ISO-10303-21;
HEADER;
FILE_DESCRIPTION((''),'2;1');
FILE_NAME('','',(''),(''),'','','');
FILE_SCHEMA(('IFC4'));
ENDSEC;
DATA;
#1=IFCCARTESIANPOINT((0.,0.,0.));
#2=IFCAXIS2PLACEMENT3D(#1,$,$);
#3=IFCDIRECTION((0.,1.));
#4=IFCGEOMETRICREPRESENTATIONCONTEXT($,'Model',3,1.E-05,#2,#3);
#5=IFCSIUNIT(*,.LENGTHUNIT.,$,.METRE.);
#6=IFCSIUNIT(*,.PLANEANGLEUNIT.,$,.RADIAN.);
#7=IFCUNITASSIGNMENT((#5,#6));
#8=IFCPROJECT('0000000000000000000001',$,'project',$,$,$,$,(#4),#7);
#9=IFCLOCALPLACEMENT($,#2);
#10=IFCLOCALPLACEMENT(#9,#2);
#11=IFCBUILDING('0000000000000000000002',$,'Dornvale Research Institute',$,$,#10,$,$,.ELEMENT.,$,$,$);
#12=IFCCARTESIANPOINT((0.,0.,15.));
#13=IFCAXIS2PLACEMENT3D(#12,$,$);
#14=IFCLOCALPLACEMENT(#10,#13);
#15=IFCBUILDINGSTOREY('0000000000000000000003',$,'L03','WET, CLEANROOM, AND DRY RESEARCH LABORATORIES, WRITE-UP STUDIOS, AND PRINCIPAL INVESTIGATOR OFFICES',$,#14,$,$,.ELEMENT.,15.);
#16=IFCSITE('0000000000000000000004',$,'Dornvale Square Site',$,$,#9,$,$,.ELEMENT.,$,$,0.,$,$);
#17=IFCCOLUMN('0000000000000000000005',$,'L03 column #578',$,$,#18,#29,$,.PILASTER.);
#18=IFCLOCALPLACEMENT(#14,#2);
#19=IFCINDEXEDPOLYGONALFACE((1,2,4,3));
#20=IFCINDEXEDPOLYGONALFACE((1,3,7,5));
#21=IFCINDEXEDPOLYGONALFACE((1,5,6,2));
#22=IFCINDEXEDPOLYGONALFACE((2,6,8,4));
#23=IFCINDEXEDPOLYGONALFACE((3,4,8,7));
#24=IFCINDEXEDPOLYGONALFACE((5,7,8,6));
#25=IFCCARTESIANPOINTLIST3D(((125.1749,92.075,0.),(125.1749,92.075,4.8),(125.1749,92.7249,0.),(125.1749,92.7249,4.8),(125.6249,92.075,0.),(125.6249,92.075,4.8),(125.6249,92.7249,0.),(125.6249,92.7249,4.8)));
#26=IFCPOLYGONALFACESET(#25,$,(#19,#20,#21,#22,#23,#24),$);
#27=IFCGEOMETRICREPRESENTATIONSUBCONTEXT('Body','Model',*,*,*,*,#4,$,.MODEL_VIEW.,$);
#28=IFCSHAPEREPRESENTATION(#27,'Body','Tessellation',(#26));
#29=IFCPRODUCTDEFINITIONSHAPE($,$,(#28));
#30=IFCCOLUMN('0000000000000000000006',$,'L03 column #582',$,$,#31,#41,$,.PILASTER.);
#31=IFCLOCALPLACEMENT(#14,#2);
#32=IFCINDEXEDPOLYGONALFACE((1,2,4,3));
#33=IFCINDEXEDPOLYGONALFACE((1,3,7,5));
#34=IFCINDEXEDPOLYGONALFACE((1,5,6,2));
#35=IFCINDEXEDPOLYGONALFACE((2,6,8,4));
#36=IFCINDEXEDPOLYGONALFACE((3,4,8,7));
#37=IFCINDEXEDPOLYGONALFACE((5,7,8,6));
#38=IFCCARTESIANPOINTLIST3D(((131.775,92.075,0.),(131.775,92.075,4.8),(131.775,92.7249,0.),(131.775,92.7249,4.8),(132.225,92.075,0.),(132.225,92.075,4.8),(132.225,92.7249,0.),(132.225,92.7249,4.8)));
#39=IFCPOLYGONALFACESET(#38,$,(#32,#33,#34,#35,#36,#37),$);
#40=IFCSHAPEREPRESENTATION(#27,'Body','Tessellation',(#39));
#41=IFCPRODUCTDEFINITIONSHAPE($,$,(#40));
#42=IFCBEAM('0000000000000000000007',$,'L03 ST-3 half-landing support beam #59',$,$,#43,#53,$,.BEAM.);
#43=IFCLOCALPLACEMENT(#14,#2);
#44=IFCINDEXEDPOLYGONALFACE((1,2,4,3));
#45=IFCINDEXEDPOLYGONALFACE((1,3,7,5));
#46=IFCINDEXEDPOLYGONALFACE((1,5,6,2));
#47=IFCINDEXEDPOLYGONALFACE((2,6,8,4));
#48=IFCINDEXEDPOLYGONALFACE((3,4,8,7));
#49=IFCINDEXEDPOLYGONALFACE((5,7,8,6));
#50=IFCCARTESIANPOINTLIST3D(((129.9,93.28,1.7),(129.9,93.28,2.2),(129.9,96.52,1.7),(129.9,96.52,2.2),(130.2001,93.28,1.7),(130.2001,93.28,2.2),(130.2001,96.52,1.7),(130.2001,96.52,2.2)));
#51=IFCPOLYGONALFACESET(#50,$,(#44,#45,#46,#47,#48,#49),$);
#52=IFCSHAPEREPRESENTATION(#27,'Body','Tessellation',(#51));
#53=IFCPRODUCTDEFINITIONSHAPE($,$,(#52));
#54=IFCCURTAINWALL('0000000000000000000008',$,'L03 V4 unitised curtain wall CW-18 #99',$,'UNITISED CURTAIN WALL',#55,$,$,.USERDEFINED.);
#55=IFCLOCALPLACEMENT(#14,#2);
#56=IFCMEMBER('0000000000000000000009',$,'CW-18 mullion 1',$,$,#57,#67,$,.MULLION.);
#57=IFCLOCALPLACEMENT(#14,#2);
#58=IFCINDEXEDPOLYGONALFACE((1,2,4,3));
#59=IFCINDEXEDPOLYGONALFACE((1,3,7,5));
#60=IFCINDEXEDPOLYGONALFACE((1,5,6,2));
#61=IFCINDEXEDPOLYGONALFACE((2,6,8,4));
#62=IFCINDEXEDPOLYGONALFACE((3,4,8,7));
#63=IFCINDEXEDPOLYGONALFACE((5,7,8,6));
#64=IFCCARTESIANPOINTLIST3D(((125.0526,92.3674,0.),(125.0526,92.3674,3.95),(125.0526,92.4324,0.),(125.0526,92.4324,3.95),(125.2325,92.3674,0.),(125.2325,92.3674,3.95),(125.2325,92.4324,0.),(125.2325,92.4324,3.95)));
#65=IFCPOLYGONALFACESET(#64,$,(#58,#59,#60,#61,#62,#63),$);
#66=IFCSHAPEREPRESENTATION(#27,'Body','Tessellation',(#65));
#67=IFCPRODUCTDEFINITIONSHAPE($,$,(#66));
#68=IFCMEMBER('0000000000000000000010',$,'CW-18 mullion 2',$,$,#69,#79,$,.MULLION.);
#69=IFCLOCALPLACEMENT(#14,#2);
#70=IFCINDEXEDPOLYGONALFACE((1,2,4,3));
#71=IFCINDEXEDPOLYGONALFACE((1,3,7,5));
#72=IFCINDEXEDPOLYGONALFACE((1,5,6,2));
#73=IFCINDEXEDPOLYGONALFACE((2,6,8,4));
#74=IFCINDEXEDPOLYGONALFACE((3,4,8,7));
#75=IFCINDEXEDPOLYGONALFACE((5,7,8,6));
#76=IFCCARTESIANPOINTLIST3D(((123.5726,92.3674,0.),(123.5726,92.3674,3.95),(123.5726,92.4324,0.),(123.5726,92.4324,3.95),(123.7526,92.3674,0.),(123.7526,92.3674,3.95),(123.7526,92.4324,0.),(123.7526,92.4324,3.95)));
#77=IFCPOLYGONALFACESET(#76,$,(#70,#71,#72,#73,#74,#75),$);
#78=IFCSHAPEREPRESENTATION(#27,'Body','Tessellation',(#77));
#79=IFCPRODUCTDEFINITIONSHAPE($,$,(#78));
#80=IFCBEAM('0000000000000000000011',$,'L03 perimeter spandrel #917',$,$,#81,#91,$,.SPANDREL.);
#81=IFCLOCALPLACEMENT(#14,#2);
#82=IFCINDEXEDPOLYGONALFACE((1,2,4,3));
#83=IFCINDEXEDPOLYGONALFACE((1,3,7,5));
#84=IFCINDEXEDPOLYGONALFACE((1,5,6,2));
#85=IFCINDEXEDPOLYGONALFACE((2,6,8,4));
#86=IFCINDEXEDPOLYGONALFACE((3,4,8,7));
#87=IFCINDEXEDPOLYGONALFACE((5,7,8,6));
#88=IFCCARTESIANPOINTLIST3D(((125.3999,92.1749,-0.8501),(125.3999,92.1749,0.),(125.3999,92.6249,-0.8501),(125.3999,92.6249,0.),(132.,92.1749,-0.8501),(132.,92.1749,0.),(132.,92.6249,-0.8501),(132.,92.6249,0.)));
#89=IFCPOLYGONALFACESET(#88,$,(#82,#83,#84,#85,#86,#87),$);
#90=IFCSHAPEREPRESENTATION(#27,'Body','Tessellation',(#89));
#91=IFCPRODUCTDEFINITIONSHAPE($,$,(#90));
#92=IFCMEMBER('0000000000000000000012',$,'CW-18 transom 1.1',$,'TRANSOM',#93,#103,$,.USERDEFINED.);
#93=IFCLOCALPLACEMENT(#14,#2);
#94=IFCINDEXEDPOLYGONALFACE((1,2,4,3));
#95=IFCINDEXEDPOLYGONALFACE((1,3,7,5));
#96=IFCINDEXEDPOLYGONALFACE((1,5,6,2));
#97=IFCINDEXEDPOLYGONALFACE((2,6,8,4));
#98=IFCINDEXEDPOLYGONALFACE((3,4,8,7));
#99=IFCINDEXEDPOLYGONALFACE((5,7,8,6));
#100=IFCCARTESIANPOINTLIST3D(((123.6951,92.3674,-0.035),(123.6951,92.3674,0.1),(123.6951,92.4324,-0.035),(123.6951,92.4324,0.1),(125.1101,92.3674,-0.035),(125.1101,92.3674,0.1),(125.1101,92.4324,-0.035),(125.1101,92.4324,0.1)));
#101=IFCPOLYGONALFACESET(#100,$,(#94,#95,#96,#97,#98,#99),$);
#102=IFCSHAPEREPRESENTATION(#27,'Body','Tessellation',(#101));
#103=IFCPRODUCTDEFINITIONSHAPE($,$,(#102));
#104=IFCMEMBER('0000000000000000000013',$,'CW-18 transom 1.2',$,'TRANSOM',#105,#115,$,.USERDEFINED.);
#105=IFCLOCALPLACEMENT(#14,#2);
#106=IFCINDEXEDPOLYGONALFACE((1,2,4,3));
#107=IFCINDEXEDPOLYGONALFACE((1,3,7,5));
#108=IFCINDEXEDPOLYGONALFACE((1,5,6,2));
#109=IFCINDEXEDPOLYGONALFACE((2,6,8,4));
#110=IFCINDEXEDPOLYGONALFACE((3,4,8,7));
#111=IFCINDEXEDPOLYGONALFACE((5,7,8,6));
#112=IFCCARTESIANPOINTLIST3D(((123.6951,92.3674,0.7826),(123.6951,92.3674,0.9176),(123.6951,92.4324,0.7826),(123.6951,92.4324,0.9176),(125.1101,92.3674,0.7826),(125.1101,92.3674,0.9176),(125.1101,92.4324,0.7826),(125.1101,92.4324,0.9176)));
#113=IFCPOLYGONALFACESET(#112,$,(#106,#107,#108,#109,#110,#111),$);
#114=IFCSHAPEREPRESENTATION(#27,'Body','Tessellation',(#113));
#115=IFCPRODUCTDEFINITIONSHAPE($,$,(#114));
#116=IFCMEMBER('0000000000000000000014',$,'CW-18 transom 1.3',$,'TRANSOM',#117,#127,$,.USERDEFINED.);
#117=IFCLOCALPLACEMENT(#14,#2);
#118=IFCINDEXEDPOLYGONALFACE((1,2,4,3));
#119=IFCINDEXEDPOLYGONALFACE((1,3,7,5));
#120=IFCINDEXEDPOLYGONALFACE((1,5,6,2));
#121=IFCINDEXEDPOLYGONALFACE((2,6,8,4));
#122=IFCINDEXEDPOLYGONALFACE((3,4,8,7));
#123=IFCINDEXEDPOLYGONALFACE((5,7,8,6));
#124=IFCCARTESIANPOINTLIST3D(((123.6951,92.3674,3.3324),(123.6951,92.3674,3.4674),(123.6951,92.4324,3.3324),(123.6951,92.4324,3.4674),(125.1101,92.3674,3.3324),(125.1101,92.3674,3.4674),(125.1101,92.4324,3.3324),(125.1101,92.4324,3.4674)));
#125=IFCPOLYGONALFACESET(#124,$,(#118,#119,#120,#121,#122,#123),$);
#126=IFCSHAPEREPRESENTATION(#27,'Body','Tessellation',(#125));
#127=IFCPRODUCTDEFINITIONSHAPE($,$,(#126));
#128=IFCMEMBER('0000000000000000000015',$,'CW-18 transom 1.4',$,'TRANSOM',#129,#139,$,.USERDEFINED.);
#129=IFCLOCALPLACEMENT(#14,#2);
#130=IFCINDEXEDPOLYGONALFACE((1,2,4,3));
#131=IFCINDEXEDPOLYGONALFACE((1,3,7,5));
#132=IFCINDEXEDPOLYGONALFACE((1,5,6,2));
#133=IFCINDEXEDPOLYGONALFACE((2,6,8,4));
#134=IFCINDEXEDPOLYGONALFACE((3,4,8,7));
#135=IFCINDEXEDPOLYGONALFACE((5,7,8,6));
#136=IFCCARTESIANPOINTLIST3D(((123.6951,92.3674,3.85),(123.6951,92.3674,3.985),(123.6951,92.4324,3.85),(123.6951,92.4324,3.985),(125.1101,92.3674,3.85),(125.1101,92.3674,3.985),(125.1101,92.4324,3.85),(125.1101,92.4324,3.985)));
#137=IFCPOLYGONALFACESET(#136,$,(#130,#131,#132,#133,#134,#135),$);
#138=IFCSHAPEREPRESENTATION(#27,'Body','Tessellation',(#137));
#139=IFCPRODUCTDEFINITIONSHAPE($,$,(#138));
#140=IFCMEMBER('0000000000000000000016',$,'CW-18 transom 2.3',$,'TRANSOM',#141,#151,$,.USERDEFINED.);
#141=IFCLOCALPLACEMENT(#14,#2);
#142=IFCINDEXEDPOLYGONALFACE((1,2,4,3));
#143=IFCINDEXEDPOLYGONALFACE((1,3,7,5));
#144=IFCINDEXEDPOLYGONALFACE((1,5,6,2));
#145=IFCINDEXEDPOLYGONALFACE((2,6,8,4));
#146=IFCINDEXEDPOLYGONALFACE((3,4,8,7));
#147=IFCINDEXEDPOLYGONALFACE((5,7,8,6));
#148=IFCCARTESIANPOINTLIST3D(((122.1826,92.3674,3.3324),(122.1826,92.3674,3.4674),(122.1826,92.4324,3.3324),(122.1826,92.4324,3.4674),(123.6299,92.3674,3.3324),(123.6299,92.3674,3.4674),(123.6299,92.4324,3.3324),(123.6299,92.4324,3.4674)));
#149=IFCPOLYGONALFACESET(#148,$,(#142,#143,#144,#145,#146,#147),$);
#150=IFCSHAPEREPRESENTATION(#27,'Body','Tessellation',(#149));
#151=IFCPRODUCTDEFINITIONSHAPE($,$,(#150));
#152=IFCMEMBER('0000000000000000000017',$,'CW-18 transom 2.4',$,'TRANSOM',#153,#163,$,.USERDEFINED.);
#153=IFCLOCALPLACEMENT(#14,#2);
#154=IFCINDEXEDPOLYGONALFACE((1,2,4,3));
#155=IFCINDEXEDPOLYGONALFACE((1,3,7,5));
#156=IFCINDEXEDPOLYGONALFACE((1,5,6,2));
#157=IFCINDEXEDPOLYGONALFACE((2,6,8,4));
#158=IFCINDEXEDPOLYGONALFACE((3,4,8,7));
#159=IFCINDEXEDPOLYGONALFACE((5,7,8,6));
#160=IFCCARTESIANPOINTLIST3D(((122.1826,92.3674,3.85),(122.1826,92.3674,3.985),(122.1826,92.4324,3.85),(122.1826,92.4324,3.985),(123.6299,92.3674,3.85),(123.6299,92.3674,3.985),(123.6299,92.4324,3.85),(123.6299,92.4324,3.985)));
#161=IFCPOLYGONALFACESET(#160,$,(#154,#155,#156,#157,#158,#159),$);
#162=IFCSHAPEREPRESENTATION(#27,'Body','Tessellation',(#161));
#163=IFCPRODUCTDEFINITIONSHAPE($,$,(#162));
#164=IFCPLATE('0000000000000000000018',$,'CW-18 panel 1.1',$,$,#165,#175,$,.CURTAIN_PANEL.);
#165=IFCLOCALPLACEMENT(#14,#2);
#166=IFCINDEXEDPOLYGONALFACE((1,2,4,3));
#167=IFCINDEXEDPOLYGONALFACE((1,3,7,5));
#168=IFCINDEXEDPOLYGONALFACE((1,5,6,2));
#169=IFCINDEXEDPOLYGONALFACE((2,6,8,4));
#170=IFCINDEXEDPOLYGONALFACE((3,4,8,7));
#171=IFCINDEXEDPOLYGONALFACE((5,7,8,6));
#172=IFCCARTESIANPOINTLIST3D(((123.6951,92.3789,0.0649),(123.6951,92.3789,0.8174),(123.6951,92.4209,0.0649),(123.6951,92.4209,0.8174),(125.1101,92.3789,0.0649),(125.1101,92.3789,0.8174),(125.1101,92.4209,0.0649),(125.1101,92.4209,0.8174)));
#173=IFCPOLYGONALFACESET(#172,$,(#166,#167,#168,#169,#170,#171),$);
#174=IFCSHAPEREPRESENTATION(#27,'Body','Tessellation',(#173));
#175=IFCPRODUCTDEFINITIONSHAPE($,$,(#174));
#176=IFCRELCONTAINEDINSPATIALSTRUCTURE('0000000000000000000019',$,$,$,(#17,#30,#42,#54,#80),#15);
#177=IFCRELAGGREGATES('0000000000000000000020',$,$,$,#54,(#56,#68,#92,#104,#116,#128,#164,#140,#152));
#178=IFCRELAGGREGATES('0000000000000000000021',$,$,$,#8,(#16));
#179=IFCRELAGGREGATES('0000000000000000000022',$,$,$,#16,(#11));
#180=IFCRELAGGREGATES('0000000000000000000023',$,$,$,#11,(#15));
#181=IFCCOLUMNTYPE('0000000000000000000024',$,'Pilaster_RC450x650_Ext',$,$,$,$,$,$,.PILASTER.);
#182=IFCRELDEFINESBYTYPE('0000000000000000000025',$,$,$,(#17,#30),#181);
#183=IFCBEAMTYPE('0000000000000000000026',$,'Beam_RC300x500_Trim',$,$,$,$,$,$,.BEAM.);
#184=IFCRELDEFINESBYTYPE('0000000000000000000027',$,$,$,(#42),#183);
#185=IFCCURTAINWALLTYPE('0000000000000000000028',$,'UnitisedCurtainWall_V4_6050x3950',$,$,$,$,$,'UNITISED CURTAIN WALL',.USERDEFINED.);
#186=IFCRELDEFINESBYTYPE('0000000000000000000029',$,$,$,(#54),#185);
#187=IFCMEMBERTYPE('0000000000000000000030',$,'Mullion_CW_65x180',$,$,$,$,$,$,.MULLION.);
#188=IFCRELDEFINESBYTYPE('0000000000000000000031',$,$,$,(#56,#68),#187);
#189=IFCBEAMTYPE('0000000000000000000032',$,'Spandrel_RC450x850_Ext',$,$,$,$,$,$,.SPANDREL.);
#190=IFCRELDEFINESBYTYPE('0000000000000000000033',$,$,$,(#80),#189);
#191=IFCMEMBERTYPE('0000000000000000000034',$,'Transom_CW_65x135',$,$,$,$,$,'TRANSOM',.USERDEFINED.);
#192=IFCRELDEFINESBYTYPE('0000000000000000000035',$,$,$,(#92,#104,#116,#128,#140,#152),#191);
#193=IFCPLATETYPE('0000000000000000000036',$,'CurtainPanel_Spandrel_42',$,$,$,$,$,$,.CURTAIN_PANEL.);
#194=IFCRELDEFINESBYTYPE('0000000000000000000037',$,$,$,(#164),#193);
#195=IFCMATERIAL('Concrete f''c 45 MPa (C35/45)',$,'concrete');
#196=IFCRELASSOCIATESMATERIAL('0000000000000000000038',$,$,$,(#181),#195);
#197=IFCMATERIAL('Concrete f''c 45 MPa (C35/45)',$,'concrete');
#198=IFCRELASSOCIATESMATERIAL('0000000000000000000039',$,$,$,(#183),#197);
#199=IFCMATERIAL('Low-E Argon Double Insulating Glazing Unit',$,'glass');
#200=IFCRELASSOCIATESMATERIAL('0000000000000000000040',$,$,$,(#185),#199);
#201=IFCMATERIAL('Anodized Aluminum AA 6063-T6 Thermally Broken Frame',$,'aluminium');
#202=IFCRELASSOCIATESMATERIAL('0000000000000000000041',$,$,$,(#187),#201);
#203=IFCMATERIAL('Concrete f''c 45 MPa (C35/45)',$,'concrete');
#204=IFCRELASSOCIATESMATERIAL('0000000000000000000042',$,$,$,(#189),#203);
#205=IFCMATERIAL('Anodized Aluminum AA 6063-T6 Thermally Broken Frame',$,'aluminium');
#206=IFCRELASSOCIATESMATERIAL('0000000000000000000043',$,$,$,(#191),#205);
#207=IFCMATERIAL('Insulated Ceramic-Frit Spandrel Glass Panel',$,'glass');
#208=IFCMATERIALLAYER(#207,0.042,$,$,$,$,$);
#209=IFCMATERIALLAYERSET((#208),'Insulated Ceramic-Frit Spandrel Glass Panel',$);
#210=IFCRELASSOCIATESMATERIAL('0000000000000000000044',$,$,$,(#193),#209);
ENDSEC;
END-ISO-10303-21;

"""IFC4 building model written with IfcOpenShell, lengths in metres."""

from ifc_helpers import new_model, si_unit, direction, frame, origin, origin_2d, place, context, subcontext, project, spatial, rectangle, extrude, material, layer, layer_set, material_profile, profile_set, type_object, element, aggregate, save


model = new_model("IFC4")

# Units and contexts
model_context = context("Model", 3, precision=1e-05, world=origin(), true_north=direction((0.0, 1.0)))
body_context = subcontext(model_context, "Body", "Model", "MODEL_VIEW")
ifc_project = project(units=[si_unit("LENGTHUNIT", "METRE"), si_unit("PLANEANGLEUNIT", "RADIAN")], contexts=[model_context])

# Site, building, storey
site_placement = place(None, origin())
site = spatial("IfcSite", under=ifc_project, at=site_placement, Name="Dornvale Square Site", CompositionType="ELEMENT", RefElevation=0.0)
building_placement = place(site_placement, origin())
building = spatial("IfcBuilding", under=site, at=building_placement, Name="Dornvale Research Institute", CompositionType="ELEMENT")
storey_placement = place(building_placement, frame((0.0, 0.0, 15.0)))
storey = spatial("IfcBuildingStorey", under=building, at=storey_placement, Name="L03", Description="WET, CLEANROOM, AND DRY RESEARCH LABORATORIES, WRITE-UP STUDIOS, AND PRINCIPAL INVESTIGATOR OFFICES", CompositionType="ELEMENT", Elevation=15.0)

# Columns
ifc_material_1 = material(Name="Concrete f'c 45 MPa (C35/45)", Category="concrete")
ifc_material_profile_1 = material_profile(ifc_material_1, rectangle(XDim=0.45, YDim=0.6499, at=origin_2d()), Name="RC 450x650")
ifc_profile_set_1 = profile_set([ifc_material_profile_1], Name="Concrete f'c 45 MPa (C35/45)")
column_type = type_object("IfcColumnType", Name="Pilaster_RC450x650_Ext", PredefinedType="PILASTER", material=ifc_profile_set_1)
for number, where, z_axis, x_axis, name in (
    (1, (125.3999, 92.3999, 0.0), (0.0, 0.0, 1.0), (1.0, 0.0, 0.0), "L03 column #578"),
    (2, (132.0, 92.3999, 0.0), (0.0, 0.0, 1.0), (1.0, 0.0, 0.0), "L03 column #582"),
):
    element("IfcColumn", number, at=place(storey_placement, frame(where, z_axis=z_axis, x_axis=x_axis)), inside=storey, type_object=column_type, Name=name, PredefinedType="PILASTER", context=body_context, shape_type="SweptSolid", body=[
        extrude(rectangle(XDim=0.45, YDim=0.6499, at=origin_2d()), origin(), (0.0, 0.0, 1.0), 4.8),
    ])

# Beam
ifc_material_2 = material(Name="Concrete f'c 45 MPa (C35/45)", Category="concrete")
ifc_material_profile_2 = material_profile(ifc_material_2, rectangle(XDim=0.3, YDim=0.5, at=origin_2d()), Name="RC 300x500")
ifc_profile_set_2 = profile_set([ifc_material_profile_2], Name="Concrete f'c 45 MPa (C35/45)")
beam_type_1 = type_object("IfcBeamType", Name="Beam_RC300x500_Trim", PredefinedType="BEAM", material=ifc_profile_set_2)
beam_1_placement = place(storey_placement, frame((130.05, 93.28, 1.95), z_axis=(0.0, 1.0, 0.0), x_axis=(-1.0, 0.0, 0.0)))
element("IfcBeam", 3, at=beam_1_placement, inside=storey, type_object=beam_type_1, Name="L03 ST-3 half-landing support beam #59", PredefinedType="BEAM", context=body_context, shape_type="SweptSolid", body=[
    extrude(rectangle(XDim=0.3, YDim=0.5, at=origin_2d()), origin(), (0.0, 0.0, 1.0), 3.24),
])

# Curtain wall, members
ifc_material_3 = material(Name="Low-E Argon Double Insulating Glazing Unit", Category="glass")
curtain_wall_type = type_object("IfcCurtainWallType", Name="UnitisedCurtainWall_V4_6050x3950", ElementType="UNITISED CURTAIN WALL", PredefinedType="USERDEFINED", material=ifc_material_3)
curtain_wall_placement = place(storey_placement, origin())
curtain_wall = element("IfcCurtainWall", 4, at=curtain_wall_placement, inside=storey, type_object=curtain_wall_type, Name="L03 V4 unitised curtain wall CW-18 #99", ObjectType="UNITISED CURTAIN WALL", PredefinedType="USERDEFINED")
ifc_material_4 = material(Name="Anodized Aluminum AA 6063-T6 Thermally Broken Frame", Category="aluminium")
ifc_material_profile_3 = material_profile(ifc_material_4, rectangle(XDim=0.0649, YDim=0.1799, at=origin_2d()), Name="ALU MULLION 65x180")
ifc_profile_set_3 = profile_set([ifc_material_profile_3], Name="Anodized Aluminum AA 6063-T6 Thermally Broken Frame")
member_type_1 = type_object("IfcMemberType", Name="Mullion_CW_65x180", PredefinedType="MULLION", material=ifc_profile_set_3)
member_1_placement = place(storey_placement, frame((125.1426, 92.3999, 0.0), z_axis=(0.0, 0.0, 1.0), x_axis=(0.0, -1.0, 0.0)))
member_1 = element("IfcMember", 5, at=member_1_placement, type_object=member_type_1, Name="CW-18 mullion 1", PredefinedType="MULLION", context=body_context, shape_type="SweptSolid", body=[
    extrude(rectangle(XDim=0.0649, YDim=0.1799, at=origin_2d()), origin(), (0.0, 0.0, 1.0), 3.95),
])
member_2_placement = place(storey_placement, frame((123.6626, 92.3999, 0.0), z_axis=(0.0, 0.0, 1.0), x_axis=(0.0, -1.0, 0.0)))
member_2 = element("IfcMember", 6, at=member_2_placement, type_object=member_type_1, Name="CW-18 mullion 2", PredefinedType="MULLION", context=body_context, shape_type="SweptSolid", body=[
    extrude(rectangle(XDim=0.0649, YDim=0.1799, at=origin_2d()), origin(), (0.0, 0.0, 1.0), 3.95),
])

# Beam
ifc_material_5 = material(Name="Concrete f'c 45 MPa (C35/45)", Category="concrete")
ifc_material_profile_4 = material_profile(ifc_material_5, rectangle(XDim=0.45, YDim=0.8501, at=origin_2d()), Name="RC 450x850")
ifc_profile_set_4 = profile_set([ifc_material_profile_4], Name="Concrete f'c 45 MPa (C35/45)")
beam_type_2 = type_object("IfcBeamType", Name="Spandrel_RC450x850_Ext", PredefinedType="SPANDREL", material=ifc_profile_set_4)
beam_2_placement = place(storey_placement, frame((125.3999, 92.3999, -0.425), z_axis=(1.0, 0.0, 0.0), x_axis=(0.0, 1.0, 0.0)))
element("IfcBeam", 7, at=beam_2_placement, inside=storey, type_object=beam_type_2, Name="L03 perimeter spandrel #917", PredefinedType="SPANDREL", context=body_context, shape_type="SweptSolid", body=[
    extrude(rectangle(XDim=0.45, YDim=0.8501, at=origin_2d()), origin(), (0.0, 0.0, 1.0), 6.6001),
])

# Members
ifc_material_6 = material(Name="Anodized Aluminum AA 6063-T6 Thermally Broken Frame", Category="aluminium")
ifc_material_profile_5 = material_profile(ifc_material_6, rectangle(XDim=0.0649, YDim=0.135, at=origin_2d()), Name="ALU TRANSOM 65x135")
ifc_profile_set_5 = profile_set([ifc_material_profile_5], Name="Anodized Aluminum AA 6063-T6 Thermally Broken Frame")
member_type_2 = type_object("IfcMemberType", Name="Transom_CW_65x135", ElementType="TRANSOM", PredefinedType="USERDEFINED", material=ifc_profile_set_5)
member_3_placement = place(storey_placement, frame((125.1101, 92.3999, 0.0325), z_axis=(-1.0, 0.0, 0.0), x_axis=(0.0, -1.0, 0.0)))
member_3 = element("IfcMember", 8, at=member_3_placement, type_object=member_type_2, Name="CW-18 transom 1.1", ObjectType="TRANSOM", PredefinedType="USERDEFINED", context=body_context, shape_type="SweptSolid", body=[
    extrude(rectangle(XDim=0.0649, YDim=0.135, at=origin_2d()), origin(), (0.0, 0.0, 1.0), 1.415),
])
member_4_placement = place(storey_placement, frame((125.1101, 92.3999, 0.8501), z_axis=(-1.0, 0.0, 0.0), x_axis=(0.0, -1.0, 0.0)))
member_4 = element("IfcMember", 9, at=member_4_placement, type_object=member_type_2, Name="CW-18 transom 1.2", ObjectType="TRANSOM", PredefinedType="USERDEFINED", context=body_context, shape_type="SweptSolid", body=[
    extrude(rectangle(XDim=0.0649, YDim=0.135, at=origin_2d()), origin(), (0.0, 0.0, 1.0), 1.415),
])
member_5_placement = place(storey_placement, frame((125.1101, 92.3999, 3.3999), z_axis=(-1.0, 0.0, 0.0), x_axis=(0.0, -1.0, 0.0)))
member_5 = element("IfcMember", 10, at=member_5_placement, type_object=member_type_2, Name="CW-18 transom 1.3", ObjectType="TRANSOM", PredefinedType="USERDEFINED", context=body_context, shape_type="SweptSolid", body=[
    extrude(rectangle(XDim=0.0649, YDim=0.135, at=origin_2d()), origin(), (0.0, 0.0, 1.0), 1.415),
])
member_6_placement = place(storey_placement, frame((125.1101, 92.3999, 3.9175), z_axis=(-1.0, 0.0, 0.0), x_axis=(0.0, -1.0, 0.0)))
member_6 = element("IfcMember", 11, at=member_6_placement, type_object=member_type_2, Name="CW-18 transom 1.4", ObjectType="TRANSOM", PredefinedType="USERDEFINED", context=body_context, shape_type="SweptSolid", body=[
    extrude(rectangle(XDim=0.0649, YDim=0.135, at=origin_2d()), origin(), (0.0, 0.0, 1.0), 1.415),
])
member_7_placement = place(storey_placement, frame((123.6299, 92.3999, 3.3999), z_axis=(-1.0, 0.0, 0.0), x_axis=(0.0, -1.0, 0.0)))
member_7 = element("IfcMember", 12, at=member_7_placement, type_object=member_type_2, Name="CW-18 transom 2.3", ObjectType="TRANSOM", PredefinedType="USERDEFINED", context=body_context, shape_type="SweptSolid", body=[
    extrude(rectangle(XDim=0.0649, YDim=0.135, at=origin_2d()), origin(), (0.0, 0.0, 1.0), 1.4473),
])
member_8_placement = place(storey_placement, frame((123.6299, 92.3999, 3.9175), z_axis=(-1.0, 0.0, 0.0), x_axis=(0.0, -1.0, 0.0)))
member_8 = element("IfcMember", 13, at=member_8_placement, type_object=member_type_2, Name="CW-18 transom 2.4", ObjectType="TRANSOM", PredefinedType="USERDEFINED", context=body_context, shape_type="SweptSolid", body=[
    extrude(rectangle(XDim=0.0649, YDim=0.135, at=origin_2d()), origin(), (0.0, 0.0, 1.0), 1.4473),
])

# Plate
ifc_material_7 = material(Name="Insulated Ceramic-Frit Spandrel Glass Panel", Category="glass")
ifc_layer_1 = layer(ifc_material_7, 0.042)
ifc_layer_set_1 = layer_set([ifc_layer_1], Name="Insulated Ceramic-Frit Spandrel Glass Panel")
plate_type_1 = type_object("IfcPlateType", Name="CurtainPanel_Spandrel_42", PredefinedType="CURTAIN_PANEL", material=ifc_layer_set_1)
plate_1_placement = place(storey_placement, frame((124.4026, 92.3999, 0.0649), z_axis=(0.0, 0.0, 1.0), x_axis=(-1.0, 0.0, 0.0)))
plate_1 = element("IfcPlate", 14, at=plate_1_placement, type_object=plate_type_1, Name="CW-18 panel 1.1", PredefinedType="CURTAIN_PANEL", context=body_context, shape_type="SweptSolid", body=[
    extrude(rectangle(XDim=1.415, YDim=0.042, at=origin_2d()), origin(), (0.0, 0.0, 1.0), 0.7524),
])
aggregate(curtain_wall, [member_1, member_2, member_3, member_4, member_5, member_6, plate_1, member_7, member_8])

save(model, "model.ifc")
